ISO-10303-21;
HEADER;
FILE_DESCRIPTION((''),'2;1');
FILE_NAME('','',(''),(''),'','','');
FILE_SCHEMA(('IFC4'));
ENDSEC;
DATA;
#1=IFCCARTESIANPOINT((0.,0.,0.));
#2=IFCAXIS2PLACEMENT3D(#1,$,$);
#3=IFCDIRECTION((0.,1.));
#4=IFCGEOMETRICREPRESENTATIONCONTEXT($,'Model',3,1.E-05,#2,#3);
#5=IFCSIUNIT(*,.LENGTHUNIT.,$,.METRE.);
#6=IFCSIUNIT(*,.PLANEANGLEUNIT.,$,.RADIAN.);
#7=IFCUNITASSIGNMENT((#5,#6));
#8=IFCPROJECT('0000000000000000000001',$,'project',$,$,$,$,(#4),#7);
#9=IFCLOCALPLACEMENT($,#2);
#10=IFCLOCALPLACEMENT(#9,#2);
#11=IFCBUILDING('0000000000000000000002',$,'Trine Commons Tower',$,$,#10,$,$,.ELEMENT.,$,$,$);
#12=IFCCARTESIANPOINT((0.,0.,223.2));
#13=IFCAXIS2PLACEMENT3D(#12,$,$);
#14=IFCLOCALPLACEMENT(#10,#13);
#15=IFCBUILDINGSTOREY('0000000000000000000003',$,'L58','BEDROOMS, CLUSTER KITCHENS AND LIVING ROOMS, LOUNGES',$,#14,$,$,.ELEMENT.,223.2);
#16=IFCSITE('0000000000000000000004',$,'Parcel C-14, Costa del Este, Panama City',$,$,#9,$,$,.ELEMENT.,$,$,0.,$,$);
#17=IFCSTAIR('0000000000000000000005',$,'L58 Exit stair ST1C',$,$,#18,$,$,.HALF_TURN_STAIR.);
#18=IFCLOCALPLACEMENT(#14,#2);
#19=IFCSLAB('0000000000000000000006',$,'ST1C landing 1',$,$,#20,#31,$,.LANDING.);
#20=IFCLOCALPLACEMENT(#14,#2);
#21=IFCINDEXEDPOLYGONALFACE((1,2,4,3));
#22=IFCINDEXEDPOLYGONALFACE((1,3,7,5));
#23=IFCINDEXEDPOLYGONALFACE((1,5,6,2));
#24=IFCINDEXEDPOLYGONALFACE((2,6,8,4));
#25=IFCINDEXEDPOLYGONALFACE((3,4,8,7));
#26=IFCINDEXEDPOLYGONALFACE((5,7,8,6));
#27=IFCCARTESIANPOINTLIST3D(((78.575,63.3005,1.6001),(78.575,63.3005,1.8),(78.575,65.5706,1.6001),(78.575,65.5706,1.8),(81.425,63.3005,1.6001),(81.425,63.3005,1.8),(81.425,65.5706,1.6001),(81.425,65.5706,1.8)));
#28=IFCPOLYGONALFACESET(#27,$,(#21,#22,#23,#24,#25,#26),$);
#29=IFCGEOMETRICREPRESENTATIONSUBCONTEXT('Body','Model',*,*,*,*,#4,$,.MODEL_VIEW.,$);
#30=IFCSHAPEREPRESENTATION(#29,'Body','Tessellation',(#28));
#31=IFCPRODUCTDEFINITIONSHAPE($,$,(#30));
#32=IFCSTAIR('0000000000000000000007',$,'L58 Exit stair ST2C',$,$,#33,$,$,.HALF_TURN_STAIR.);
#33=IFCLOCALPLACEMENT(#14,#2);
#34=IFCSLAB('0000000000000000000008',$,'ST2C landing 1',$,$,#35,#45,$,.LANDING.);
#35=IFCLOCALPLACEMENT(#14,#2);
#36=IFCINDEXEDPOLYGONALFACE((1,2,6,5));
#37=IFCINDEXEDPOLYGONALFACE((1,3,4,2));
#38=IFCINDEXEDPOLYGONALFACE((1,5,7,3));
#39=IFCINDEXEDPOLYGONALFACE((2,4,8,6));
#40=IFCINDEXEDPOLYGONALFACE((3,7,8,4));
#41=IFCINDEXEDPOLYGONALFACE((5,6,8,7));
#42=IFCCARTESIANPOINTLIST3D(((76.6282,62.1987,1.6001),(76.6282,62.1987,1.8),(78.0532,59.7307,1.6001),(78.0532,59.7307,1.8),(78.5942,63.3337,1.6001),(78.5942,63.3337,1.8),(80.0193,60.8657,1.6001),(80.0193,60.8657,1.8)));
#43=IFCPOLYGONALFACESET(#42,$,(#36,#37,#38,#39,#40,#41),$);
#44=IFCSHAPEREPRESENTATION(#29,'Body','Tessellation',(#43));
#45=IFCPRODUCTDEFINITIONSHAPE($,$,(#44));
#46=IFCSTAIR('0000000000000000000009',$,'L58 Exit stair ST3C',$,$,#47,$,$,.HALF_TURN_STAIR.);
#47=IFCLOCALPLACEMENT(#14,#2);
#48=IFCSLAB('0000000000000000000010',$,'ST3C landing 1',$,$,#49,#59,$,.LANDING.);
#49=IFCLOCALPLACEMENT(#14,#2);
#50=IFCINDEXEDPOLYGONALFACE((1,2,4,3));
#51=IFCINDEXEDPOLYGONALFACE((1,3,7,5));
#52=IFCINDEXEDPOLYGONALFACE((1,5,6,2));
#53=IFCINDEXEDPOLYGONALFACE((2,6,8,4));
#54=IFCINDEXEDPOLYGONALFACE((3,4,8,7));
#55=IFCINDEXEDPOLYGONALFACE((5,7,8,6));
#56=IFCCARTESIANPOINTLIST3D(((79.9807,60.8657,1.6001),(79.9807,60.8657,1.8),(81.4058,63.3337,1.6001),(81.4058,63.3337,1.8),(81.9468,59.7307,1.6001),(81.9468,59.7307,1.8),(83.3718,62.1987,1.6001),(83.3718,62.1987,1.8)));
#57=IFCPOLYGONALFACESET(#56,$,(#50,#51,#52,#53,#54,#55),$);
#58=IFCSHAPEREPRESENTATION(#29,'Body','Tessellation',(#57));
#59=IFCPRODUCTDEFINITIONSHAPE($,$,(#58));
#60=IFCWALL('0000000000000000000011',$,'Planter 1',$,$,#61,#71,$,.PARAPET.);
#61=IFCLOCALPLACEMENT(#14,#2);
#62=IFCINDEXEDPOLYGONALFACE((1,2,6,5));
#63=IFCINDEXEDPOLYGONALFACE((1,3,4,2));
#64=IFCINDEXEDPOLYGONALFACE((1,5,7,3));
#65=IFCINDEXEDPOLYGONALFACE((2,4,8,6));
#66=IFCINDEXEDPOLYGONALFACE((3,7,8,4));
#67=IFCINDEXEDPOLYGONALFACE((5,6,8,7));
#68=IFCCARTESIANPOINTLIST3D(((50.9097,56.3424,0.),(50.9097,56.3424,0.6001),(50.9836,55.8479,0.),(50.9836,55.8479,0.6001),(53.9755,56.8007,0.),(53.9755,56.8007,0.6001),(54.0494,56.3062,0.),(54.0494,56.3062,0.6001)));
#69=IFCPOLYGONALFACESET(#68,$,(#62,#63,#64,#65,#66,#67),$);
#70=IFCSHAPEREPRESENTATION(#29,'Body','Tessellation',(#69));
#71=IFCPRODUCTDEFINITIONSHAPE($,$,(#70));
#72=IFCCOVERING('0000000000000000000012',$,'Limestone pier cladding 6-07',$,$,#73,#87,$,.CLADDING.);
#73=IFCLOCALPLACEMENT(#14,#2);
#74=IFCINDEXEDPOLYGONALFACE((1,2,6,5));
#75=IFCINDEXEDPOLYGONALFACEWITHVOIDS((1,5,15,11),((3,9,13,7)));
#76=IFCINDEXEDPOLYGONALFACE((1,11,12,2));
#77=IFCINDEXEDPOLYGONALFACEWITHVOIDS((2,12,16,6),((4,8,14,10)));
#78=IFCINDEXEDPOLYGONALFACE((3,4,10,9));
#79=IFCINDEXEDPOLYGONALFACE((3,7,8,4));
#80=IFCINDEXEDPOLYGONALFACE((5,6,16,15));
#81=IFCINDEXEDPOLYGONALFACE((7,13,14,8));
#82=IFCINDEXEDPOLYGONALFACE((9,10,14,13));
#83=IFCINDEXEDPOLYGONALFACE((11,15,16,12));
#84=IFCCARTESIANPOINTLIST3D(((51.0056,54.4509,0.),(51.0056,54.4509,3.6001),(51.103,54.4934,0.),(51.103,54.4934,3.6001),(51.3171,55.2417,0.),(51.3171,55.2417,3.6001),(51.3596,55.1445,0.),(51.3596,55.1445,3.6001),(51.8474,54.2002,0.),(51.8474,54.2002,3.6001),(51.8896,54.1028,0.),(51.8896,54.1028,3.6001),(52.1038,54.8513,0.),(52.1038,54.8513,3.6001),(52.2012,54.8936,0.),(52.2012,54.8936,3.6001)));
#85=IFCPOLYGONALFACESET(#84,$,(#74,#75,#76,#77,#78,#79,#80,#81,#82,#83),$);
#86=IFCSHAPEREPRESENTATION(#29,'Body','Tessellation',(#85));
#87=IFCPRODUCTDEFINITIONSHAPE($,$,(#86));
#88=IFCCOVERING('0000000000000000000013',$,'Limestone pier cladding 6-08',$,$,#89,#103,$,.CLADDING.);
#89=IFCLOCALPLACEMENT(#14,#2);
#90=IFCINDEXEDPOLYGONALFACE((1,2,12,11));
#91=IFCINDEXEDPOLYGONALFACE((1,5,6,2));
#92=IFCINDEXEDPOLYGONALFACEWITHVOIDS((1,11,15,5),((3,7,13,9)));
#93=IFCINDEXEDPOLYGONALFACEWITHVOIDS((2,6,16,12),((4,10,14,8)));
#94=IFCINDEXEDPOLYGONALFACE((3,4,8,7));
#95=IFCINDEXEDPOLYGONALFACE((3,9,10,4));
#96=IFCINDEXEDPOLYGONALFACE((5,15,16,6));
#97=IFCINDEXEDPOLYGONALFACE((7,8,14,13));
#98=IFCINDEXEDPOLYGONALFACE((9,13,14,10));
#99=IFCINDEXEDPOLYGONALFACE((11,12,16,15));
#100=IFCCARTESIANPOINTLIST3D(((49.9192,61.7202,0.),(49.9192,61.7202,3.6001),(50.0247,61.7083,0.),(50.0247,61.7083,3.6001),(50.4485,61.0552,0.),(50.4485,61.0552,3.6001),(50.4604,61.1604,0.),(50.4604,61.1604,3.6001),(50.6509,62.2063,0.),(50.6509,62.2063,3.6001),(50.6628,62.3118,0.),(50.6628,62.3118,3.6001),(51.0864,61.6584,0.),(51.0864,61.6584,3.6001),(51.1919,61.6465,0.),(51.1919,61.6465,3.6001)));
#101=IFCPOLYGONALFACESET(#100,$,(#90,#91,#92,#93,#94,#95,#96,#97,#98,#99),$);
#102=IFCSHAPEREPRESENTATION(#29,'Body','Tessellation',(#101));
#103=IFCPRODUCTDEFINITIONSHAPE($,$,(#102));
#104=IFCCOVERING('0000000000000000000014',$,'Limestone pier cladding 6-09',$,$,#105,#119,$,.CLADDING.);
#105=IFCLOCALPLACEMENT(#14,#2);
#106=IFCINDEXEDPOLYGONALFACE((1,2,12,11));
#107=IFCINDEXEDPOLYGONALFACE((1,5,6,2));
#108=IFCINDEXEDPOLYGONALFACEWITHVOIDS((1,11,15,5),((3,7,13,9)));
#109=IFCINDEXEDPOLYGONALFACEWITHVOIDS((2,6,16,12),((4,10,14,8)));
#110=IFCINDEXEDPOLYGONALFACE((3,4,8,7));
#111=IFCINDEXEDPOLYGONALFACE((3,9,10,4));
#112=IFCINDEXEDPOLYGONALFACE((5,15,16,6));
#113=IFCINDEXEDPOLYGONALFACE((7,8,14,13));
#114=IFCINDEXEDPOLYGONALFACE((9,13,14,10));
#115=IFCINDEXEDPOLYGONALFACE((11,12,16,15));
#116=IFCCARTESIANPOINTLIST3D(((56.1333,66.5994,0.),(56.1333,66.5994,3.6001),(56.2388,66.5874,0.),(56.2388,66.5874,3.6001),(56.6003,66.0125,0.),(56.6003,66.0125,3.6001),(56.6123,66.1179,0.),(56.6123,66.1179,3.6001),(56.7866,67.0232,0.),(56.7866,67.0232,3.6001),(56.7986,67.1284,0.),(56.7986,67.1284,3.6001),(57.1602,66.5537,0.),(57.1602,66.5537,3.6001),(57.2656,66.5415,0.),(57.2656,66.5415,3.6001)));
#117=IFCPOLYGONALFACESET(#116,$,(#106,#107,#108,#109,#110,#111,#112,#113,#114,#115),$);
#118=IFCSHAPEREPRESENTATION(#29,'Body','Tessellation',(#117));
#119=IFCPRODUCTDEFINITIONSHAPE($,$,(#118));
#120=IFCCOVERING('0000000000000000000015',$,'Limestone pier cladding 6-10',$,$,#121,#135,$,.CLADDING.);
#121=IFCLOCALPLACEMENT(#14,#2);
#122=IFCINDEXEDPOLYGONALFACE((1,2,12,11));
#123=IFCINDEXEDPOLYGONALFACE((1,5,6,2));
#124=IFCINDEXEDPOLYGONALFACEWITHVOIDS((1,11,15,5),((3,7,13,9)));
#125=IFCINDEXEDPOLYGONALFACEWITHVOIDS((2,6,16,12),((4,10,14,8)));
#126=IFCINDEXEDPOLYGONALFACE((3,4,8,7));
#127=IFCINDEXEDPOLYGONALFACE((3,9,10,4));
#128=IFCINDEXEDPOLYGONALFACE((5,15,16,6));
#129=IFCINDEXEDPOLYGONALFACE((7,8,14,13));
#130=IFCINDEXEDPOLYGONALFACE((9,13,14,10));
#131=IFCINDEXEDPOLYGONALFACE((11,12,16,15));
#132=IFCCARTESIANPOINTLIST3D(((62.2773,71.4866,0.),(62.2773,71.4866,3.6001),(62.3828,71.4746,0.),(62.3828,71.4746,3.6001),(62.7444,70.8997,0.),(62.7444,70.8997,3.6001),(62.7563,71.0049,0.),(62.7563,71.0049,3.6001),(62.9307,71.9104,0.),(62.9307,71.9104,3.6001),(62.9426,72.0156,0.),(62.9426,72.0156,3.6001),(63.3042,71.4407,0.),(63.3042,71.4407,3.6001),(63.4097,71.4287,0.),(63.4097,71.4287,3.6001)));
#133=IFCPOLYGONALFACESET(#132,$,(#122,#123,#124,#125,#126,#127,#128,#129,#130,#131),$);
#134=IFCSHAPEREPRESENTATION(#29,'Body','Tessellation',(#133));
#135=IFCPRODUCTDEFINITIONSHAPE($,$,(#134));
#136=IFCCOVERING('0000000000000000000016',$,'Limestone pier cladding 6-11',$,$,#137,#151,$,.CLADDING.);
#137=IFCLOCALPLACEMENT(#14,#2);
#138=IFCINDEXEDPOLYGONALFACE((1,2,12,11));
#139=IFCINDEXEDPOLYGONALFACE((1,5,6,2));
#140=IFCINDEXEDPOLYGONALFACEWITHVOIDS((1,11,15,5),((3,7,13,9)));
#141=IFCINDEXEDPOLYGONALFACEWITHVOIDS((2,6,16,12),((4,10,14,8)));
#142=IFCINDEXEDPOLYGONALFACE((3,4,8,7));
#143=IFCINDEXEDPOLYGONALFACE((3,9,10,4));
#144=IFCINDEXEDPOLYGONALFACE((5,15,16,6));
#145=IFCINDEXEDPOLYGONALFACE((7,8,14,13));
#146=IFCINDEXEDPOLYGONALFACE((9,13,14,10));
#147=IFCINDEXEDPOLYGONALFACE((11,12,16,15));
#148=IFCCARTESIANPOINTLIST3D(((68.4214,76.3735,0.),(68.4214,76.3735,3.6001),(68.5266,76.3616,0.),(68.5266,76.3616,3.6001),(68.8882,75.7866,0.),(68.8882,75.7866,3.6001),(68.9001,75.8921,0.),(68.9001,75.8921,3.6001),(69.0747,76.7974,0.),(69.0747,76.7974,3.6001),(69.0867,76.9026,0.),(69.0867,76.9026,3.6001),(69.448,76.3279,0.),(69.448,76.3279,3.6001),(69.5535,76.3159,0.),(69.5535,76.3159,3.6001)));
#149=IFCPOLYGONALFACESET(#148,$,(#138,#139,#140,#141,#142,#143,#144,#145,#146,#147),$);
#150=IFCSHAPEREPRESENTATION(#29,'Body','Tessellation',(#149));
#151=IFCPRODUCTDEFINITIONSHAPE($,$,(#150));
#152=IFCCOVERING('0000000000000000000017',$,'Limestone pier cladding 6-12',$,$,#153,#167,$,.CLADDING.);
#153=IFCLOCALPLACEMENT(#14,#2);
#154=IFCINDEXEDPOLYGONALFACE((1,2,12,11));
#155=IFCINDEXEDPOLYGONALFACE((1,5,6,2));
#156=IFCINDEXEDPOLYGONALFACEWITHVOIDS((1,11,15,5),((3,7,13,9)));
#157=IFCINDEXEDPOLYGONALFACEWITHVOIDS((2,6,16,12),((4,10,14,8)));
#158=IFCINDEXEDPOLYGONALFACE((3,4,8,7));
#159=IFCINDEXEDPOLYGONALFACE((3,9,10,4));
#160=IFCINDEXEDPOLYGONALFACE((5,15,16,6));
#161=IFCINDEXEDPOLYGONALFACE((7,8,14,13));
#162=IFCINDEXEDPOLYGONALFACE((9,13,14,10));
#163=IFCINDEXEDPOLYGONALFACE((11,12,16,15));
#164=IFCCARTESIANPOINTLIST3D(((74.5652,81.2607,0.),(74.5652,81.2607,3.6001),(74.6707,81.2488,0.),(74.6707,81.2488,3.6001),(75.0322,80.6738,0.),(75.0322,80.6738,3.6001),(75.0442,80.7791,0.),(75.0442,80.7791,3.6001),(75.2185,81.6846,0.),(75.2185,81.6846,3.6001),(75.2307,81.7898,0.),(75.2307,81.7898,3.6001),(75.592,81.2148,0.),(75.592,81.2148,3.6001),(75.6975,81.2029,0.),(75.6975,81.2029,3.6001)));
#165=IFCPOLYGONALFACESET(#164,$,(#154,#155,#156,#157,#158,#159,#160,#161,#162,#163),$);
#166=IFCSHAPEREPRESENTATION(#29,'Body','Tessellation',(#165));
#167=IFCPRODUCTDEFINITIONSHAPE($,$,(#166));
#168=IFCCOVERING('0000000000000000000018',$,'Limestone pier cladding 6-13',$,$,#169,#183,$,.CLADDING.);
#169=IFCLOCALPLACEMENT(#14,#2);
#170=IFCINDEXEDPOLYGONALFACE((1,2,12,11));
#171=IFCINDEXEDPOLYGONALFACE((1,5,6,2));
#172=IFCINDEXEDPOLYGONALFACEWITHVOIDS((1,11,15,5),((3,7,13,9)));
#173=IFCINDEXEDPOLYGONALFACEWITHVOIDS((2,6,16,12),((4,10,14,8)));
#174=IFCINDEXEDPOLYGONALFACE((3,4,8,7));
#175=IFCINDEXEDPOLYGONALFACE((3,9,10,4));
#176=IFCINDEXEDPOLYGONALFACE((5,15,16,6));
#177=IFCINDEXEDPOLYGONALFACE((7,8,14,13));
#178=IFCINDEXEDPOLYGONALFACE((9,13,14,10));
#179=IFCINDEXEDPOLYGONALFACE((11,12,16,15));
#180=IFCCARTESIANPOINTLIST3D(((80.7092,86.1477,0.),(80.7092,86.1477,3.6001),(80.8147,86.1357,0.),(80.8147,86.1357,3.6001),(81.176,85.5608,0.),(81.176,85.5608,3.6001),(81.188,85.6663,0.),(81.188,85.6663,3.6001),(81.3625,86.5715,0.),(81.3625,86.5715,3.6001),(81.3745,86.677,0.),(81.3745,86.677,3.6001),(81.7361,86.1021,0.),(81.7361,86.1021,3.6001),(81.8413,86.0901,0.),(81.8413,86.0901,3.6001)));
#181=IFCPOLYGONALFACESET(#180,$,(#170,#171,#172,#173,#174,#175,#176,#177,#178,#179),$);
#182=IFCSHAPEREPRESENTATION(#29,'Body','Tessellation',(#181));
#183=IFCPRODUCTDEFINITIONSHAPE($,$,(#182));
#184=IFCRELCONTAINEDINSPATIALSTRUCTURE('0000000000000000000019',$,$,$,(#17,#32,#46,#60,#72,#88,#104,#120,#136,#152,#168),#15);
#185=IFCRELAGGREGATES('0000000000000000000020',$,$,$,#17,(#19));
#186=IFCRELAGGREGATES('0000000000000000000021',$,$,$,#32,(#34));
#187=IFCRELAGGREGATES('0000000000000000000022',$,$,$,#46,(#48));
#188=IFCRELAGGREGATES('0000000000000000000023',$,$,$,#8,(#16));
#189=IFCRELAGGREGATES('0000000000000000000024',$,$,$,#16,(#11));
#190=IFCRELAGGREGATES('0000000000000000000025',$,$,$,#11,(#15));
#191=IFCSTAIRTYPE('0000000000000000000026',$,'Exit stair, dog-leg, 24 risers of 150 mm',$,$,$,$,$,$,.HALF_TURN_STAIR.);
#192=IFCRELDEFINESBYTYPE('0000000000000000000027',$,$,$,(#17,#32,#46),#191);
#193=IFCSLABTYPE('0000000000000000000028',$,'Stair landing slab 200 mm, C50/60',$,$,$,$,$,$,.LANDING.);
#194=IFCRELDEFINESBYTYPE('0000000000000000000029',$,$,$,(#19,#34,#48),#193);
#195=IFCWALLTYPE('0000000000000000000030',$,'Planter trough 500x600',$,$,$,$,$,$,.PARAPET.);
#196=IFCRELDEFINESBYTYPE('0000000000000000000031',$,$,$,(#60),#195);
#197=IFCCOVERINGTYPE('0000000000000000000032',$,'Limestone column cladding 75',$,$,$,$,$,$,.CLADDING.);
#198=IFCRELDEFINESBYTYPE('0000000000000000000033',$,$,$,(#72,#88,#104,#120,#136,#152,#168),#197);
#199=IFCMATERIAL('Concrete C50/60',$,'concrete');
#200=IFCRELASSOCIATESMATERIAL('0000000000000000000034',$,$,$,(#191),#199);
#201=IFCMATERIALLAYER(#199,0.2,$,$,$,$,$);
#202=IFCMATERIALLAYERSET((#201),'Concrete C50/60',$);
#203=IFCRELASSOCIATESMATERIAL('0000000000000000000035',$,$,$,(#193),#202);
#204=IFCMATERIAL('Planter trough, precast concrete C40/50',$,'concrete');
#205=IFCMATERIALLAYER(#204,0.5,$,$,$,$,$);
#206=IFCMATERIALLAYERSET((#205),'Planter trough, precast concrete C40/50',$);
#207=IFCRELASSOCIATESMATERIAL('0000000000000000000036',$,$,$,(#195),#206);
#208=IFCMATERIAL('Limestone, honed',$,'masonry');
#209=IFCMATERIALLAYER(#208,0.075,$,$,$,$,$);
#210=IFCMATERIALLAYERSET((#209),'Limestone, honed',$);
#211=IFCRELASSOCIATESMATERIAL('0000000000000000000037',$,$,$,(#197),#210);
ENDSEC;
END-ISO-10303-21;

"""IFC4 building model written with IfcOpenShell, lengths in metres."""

from ifc_helpers import new_model, si_unit, direction, frame, frame_2d, origin, place, context, subcontext, project, spatial, polyline, rectangle, outline, extrude, material, layer, layer_set, type_object, element, aggregate, save


model = new_model("IFC4")

# Units and contexts
model_context = context("Model", 3, precision=1e-05, world=origin(), true_north=direction((0.0, 1.0)))
body_context = subcontext(model_context, "Body", "Model", "MODEL_VIEW")
ifc_project = project(units=[si_unit("LENGTHUNIT", "METRE"), si_unit("PLANEANGLEUNIT", "RADIAN")], contexts=[model_context])

# Site, building, storey
site_placement = place(None, origin())
site = spatial("IfcSite", under=ifc_project, at=site_placement, Name="Parcel C-14, Costa del Este, Panama City", CompositionType="ELEMENT", RefElevation=0.0)
building_placement = place(site_placement, origin())
building = spatial("IfcBuilding", under=site, at=building_placement, Name="Trine Commons Tower", CompositionType="ELEMENT")
storey_placement = place(building_placement, frame((0.0, 0.0, 223.2)))
storey = spatial("IfcBuildingStorey", under=building, at=storey_placement, Name="L58", Description="BEDROOMS, CLUSTER KITCHENS AND LIVING ROOMS, LOUNGES", CompositionType="ELEMENT", Elevation=223.2)

# Stairs, slabs
ifc_material_1 = material(Name="Concrete C50/60", Category="concrete")
stair_type = type_object("IfcStairType", Name="Exit stair, dog-leg, 24 risers of 150 mm", PredefinedType="HALF_TURN_STAIR", material=ifc_material_1)
stair_1_placement = place(storey_placement, origin())
stair_1 = element("IfcStair", 1, at=stair_1_placement, inside=storey, type_object=stair_type, Name="L58 Exit stair ST1C", PredefinedType="HALF_TURN_STAIR")
ifc_layer_1 = layer(ifc_material_1, 0.2)
ifc_layer_set_1 = layer_set([ifc_layer_1], Name="Concrete C50/60")
slab_type = type_object("IfcSlabType", Name="Stair landing slab 200 mm, C50/60", PredefinedType="LANDING", material=ifc_layer_set_1)
slab_1_placement = place(storey_placement, frame((0.0, 0.0, 1.6001)))
slab_1 = element("IfcSlab", 2, at=slab_1_placement, type_object=slab_type, Name="ST1C landing 1", PredefinedType="LANDING", context=body_context, shape_type="SweptSolid", body=[
    extrude(outline(polyline([(78.575, 65.5706), (78.575, 63.3005), (81.425, 63.3005), (81.425, 65.5706), (78.575, 65.5706)])), origin(), (0.0, 0.0, 1.0), 0.2),
])
aggregate(stair_1, [slab_1])
stair_2_placement = place(storey_placement, origin())
stair_2 = element("IfcStair", 3, at=stair_2_placement, inside=storey, type_object=stair_type, Name="L58 Exit stair ST2C", PredefinedType="HALF_TURN_STAIR")
slab_2_placement = place(storey_placement, frame((0.0, 0.0, 1.6001)))
slab_2 = element("IfcSlab", 4, at=slab_2_placement, type_object=slab_type, Name="ST2C landing 1", PredefinedType="LANDING", context=body_context, shape_type="SweptSolid", body=[
    extrude(outline(polyline([(78.0532, 59.7307), (80.0193, 60.8657), (78.5942, 63.3337), (76.6282, 62.1987), (78.0532, 59.7307)])), origin(), (0.0, 0.0, 1.0), 0.2),
])
aggregate(stair_2, [slab_2])
stair_3_placement = place(storey_placement, origin())
stair_3 = element("IfcStair", 5, at=stair_3_placement, inside=storey, type_object=stair_type, Name="L58 Exit stair ST3C", PredefinedType="HALF_TURN_STAIR")
slab_3_placement = place(storey_placement, frame((0.0, 0.0, 1.6001)))
slab_3 = element("IfcSlab", 6, at=slab_3_placement, type_object=slab_type, Name="ST3C landing 1", PredefinedType="LANDING", context=body_context, shape_type="SweptSolid", body=[
    extrude(outline(polyline([(83.3718, 62.1987), (81.4058, 63.3337), (79.9807, 60.8657), (81.9468, 59.7307), (83.3718, 62.1987)])), origin(), (0.0, 0.0, 1.0), 0.2),
])
aggregate(stair_3, [slab_3])

# Wall
ifc_material_2 = material(Name="Planter trough, precast concrete C40/50", Category="concrete")
ifc_layer_2 = layer(ifc_material_2, 0.5)
ifc_layer_set_2 = layer_set([ifc_layer_2], Name="Planter trough, precast concrete C40/50")
wall_type = type_object("IfcWallType", Name="Planter trough 500x600", PredefinedType="PARAPET", material=ifc_layer_set_2)
wall_placement = place(storey_placement, frame((50.9468, 56.0952, 0.0), z_axis=(0.0, 0.0, 1.0), x_axis=(0.989012, 0.147836, 0.0)))
element("IfcWall", 7, at=wall_placement, inside=storey, type_object=wall_type, Name="Planter 1", PredefinedType="PARAPET", context=body_context, shape_type="SweptSolid", body=[
    extrude(rectangle(XDim=3.0999, YDim=0.5, at=frame_2d((1.5498, 0.0))), origin(), (0.0, 0.0, 1.0), 0.6001),
])

# Coverings
ifc_material_3 = material(Name="Limestone, honed", Category="masonry")
ifc_layer_3 = layer(ifc_material_3, 0.075)
ifc_layer_set_3 = layer_set([ifc_layer_3], Name="Limestone, honed")
covering_type_1 = type_object("IfcCoveringType", Name="Limestone column cladding 75", PredefinedType="CLADDING", material=ifc_layer_set_3)
covering_1_placement = place(storey_placement, origin())
element("IfcCovering", 8, at=covering_1_placement, inside=storey, type_object=covering_type_1, Name="Limestone pier cladding 6-07", PredefinedType="CLADDING", context=body_context, shape_type="SweptSolid", body=[
    extrude(outline(polyline([(51.3171, 55.2417), (51.0056, 54.4509), (51.8896, 54.1028), (52.2012, 54.8936), (51.3171, 55.2417)]), holes=[polyline([(51.3596, 55.1445), (51.103, 54.4934), (51.8474, 54.2002), (52.1038, 54.8513), (51.3596, 55.1445)])]), origin(), (0.0, 0.0, 1.0), 3.6001),
])
covering_2_placement = place(storey_placement, origin())
element("IfcCovering", 9, at=covering_2_placement, inside=storey, type_object=covering_type_1, Name="Limestone pier cladding 6-08", PredefinedType="CLADDING", context=body_context, shape_type="SweptSolid", body=[
    extrude(outline(polyline([(51.1919, 61.6465), (50.6628, 62.3118), (49.9192, 61.7202), (50.4485, 61.0552), (51.1919, 61.6465)]), holes=[polyline([(51.0864, 61.6584), (50.6509, 62.2063), (50.0247, 61.7083), (50.4604, 61.1604), (51.0864, 61.6584)])]), origin(), (0.0, 0.0, 1.0), 3.6001),
])
covering_3_placement = place(storey_placement, origin())
element("IfcCovering", 10, at=covering_3_placement, inside=storey, type_object=covering_type_1, Name="Limestone pier cladding 6-09", PredefinedType="CLADDING", context=body_context, shape_type="SweptSolid", body=[
    extrude(outline(polyline([(57.2656, 66.5415), (56.7986, 67.1284), (56.1333, 66.5994), (56.6003, 66.0125), (57.2656, 66.5415)]), holes=[polyline([(57.1602, 66.5537), (56.7866, 67.0232), (56.2388, 66.5874), (56.6123, 66.1179), (57.1602, 66.5537)])]), origin(), (0.0, 0.0, 1.0), 3.6001),
])
covering_4_placement = place(storey_placement, origin())
element("IfcCovering", 11, at=covering_4_placement, inside=storey, type_object=covering_type_1, Name="Limestone pier cladding 6-10", PredefinedType="CLADDING", context=body_context, shape_type="SweptSolid", body=[
    extrude(outline(polyline([(63.4097, 71.4287), (62.9426, 72.0156), (62.2773, 71.4866), (62.7444, 70.8997), (63.4097, 71.4287)]), holes=[polyline([(63.3042, 71.4407), (62.9307, 71.9104), (62.3828, 71.4746), (62.7563, 71.0049), (63.3042, 71.4407)])]), origin(), (0.0, 0.0, 1.0), 3.6001),
])
covering_5_placement = place(storey_placement, origin())
element("IfcCovering", 12, at=covering_5_placement, inside=storey, type_object=covering_type_1, Name="Limestone pier cladding 6-11", PredefinedType="CLADDING", context=body_context, shape_type="SweptSolid", body=[
    extrude(outline(polyline([(69.5535, 76.3159), (69.0867, 76.9026), (68.4214, 76.3735), (68.8882, 75.7866), (69.5535, 76.3159)]), holes=[polyline([(69.448, 76.3279), (69.0747, 76.7974), (68.5266, 76.3616), (68.9001, 75.8921), (69.448, 76.3279)])]), origin(), (0.0, 0.0, 1.0), 3.6001),
])
covering_6_placement = place(storey_placement, origin())
element("IfcCovering", 13, at=covering_6_placement, inside=storey, type_object=covering_type_1, Name="Limestone pier cladding 6-12", PredefinedType="CLADDING", context=body_context, shape_type="SweptSolid", body=[
    extrude(outline(polyline([(75.6975, 81.2029), (75.2307, 81.7898), (74.5652, 81.2607), (75.0322, 80.6738), (75.6975, 81.2029)]), holes=[polyline([(75.592, 81.2148), (75.2185, 81.6846), (74.6707, 81.2488), (75.0442, 80.7791), (75.592, 81.2148)])]), origin(), (0.0, 0.0, 1.0), 3.6001),
])
covering_7_placement = place(storey_placement, origin())
element("IfcCovering", 14, at=covering_7_placement, inside=storey, type_object=covering_type_1, Name="Limestone pier cladding 6-13", PredefinedType="CLADDING", context=body_context, shape_type="SweptSolid", body=[
    extrude(outline(polyline([(81.8413, 86.0901), (81.3745, 86.677), (80.7092, 86.1477), (81.176, 85.5608), (81.8413, 86.0901)]), holes=[polyline([(81.7361, 86.1021), (81.3625, 86.5715), (80.8147, 86.1357), (81.188, 85.6663), (81.7361, 86.1021)])]), origin(), (0.0, 0.0, 1.0), 3.6001),
])

save(model, "model.ifc")
